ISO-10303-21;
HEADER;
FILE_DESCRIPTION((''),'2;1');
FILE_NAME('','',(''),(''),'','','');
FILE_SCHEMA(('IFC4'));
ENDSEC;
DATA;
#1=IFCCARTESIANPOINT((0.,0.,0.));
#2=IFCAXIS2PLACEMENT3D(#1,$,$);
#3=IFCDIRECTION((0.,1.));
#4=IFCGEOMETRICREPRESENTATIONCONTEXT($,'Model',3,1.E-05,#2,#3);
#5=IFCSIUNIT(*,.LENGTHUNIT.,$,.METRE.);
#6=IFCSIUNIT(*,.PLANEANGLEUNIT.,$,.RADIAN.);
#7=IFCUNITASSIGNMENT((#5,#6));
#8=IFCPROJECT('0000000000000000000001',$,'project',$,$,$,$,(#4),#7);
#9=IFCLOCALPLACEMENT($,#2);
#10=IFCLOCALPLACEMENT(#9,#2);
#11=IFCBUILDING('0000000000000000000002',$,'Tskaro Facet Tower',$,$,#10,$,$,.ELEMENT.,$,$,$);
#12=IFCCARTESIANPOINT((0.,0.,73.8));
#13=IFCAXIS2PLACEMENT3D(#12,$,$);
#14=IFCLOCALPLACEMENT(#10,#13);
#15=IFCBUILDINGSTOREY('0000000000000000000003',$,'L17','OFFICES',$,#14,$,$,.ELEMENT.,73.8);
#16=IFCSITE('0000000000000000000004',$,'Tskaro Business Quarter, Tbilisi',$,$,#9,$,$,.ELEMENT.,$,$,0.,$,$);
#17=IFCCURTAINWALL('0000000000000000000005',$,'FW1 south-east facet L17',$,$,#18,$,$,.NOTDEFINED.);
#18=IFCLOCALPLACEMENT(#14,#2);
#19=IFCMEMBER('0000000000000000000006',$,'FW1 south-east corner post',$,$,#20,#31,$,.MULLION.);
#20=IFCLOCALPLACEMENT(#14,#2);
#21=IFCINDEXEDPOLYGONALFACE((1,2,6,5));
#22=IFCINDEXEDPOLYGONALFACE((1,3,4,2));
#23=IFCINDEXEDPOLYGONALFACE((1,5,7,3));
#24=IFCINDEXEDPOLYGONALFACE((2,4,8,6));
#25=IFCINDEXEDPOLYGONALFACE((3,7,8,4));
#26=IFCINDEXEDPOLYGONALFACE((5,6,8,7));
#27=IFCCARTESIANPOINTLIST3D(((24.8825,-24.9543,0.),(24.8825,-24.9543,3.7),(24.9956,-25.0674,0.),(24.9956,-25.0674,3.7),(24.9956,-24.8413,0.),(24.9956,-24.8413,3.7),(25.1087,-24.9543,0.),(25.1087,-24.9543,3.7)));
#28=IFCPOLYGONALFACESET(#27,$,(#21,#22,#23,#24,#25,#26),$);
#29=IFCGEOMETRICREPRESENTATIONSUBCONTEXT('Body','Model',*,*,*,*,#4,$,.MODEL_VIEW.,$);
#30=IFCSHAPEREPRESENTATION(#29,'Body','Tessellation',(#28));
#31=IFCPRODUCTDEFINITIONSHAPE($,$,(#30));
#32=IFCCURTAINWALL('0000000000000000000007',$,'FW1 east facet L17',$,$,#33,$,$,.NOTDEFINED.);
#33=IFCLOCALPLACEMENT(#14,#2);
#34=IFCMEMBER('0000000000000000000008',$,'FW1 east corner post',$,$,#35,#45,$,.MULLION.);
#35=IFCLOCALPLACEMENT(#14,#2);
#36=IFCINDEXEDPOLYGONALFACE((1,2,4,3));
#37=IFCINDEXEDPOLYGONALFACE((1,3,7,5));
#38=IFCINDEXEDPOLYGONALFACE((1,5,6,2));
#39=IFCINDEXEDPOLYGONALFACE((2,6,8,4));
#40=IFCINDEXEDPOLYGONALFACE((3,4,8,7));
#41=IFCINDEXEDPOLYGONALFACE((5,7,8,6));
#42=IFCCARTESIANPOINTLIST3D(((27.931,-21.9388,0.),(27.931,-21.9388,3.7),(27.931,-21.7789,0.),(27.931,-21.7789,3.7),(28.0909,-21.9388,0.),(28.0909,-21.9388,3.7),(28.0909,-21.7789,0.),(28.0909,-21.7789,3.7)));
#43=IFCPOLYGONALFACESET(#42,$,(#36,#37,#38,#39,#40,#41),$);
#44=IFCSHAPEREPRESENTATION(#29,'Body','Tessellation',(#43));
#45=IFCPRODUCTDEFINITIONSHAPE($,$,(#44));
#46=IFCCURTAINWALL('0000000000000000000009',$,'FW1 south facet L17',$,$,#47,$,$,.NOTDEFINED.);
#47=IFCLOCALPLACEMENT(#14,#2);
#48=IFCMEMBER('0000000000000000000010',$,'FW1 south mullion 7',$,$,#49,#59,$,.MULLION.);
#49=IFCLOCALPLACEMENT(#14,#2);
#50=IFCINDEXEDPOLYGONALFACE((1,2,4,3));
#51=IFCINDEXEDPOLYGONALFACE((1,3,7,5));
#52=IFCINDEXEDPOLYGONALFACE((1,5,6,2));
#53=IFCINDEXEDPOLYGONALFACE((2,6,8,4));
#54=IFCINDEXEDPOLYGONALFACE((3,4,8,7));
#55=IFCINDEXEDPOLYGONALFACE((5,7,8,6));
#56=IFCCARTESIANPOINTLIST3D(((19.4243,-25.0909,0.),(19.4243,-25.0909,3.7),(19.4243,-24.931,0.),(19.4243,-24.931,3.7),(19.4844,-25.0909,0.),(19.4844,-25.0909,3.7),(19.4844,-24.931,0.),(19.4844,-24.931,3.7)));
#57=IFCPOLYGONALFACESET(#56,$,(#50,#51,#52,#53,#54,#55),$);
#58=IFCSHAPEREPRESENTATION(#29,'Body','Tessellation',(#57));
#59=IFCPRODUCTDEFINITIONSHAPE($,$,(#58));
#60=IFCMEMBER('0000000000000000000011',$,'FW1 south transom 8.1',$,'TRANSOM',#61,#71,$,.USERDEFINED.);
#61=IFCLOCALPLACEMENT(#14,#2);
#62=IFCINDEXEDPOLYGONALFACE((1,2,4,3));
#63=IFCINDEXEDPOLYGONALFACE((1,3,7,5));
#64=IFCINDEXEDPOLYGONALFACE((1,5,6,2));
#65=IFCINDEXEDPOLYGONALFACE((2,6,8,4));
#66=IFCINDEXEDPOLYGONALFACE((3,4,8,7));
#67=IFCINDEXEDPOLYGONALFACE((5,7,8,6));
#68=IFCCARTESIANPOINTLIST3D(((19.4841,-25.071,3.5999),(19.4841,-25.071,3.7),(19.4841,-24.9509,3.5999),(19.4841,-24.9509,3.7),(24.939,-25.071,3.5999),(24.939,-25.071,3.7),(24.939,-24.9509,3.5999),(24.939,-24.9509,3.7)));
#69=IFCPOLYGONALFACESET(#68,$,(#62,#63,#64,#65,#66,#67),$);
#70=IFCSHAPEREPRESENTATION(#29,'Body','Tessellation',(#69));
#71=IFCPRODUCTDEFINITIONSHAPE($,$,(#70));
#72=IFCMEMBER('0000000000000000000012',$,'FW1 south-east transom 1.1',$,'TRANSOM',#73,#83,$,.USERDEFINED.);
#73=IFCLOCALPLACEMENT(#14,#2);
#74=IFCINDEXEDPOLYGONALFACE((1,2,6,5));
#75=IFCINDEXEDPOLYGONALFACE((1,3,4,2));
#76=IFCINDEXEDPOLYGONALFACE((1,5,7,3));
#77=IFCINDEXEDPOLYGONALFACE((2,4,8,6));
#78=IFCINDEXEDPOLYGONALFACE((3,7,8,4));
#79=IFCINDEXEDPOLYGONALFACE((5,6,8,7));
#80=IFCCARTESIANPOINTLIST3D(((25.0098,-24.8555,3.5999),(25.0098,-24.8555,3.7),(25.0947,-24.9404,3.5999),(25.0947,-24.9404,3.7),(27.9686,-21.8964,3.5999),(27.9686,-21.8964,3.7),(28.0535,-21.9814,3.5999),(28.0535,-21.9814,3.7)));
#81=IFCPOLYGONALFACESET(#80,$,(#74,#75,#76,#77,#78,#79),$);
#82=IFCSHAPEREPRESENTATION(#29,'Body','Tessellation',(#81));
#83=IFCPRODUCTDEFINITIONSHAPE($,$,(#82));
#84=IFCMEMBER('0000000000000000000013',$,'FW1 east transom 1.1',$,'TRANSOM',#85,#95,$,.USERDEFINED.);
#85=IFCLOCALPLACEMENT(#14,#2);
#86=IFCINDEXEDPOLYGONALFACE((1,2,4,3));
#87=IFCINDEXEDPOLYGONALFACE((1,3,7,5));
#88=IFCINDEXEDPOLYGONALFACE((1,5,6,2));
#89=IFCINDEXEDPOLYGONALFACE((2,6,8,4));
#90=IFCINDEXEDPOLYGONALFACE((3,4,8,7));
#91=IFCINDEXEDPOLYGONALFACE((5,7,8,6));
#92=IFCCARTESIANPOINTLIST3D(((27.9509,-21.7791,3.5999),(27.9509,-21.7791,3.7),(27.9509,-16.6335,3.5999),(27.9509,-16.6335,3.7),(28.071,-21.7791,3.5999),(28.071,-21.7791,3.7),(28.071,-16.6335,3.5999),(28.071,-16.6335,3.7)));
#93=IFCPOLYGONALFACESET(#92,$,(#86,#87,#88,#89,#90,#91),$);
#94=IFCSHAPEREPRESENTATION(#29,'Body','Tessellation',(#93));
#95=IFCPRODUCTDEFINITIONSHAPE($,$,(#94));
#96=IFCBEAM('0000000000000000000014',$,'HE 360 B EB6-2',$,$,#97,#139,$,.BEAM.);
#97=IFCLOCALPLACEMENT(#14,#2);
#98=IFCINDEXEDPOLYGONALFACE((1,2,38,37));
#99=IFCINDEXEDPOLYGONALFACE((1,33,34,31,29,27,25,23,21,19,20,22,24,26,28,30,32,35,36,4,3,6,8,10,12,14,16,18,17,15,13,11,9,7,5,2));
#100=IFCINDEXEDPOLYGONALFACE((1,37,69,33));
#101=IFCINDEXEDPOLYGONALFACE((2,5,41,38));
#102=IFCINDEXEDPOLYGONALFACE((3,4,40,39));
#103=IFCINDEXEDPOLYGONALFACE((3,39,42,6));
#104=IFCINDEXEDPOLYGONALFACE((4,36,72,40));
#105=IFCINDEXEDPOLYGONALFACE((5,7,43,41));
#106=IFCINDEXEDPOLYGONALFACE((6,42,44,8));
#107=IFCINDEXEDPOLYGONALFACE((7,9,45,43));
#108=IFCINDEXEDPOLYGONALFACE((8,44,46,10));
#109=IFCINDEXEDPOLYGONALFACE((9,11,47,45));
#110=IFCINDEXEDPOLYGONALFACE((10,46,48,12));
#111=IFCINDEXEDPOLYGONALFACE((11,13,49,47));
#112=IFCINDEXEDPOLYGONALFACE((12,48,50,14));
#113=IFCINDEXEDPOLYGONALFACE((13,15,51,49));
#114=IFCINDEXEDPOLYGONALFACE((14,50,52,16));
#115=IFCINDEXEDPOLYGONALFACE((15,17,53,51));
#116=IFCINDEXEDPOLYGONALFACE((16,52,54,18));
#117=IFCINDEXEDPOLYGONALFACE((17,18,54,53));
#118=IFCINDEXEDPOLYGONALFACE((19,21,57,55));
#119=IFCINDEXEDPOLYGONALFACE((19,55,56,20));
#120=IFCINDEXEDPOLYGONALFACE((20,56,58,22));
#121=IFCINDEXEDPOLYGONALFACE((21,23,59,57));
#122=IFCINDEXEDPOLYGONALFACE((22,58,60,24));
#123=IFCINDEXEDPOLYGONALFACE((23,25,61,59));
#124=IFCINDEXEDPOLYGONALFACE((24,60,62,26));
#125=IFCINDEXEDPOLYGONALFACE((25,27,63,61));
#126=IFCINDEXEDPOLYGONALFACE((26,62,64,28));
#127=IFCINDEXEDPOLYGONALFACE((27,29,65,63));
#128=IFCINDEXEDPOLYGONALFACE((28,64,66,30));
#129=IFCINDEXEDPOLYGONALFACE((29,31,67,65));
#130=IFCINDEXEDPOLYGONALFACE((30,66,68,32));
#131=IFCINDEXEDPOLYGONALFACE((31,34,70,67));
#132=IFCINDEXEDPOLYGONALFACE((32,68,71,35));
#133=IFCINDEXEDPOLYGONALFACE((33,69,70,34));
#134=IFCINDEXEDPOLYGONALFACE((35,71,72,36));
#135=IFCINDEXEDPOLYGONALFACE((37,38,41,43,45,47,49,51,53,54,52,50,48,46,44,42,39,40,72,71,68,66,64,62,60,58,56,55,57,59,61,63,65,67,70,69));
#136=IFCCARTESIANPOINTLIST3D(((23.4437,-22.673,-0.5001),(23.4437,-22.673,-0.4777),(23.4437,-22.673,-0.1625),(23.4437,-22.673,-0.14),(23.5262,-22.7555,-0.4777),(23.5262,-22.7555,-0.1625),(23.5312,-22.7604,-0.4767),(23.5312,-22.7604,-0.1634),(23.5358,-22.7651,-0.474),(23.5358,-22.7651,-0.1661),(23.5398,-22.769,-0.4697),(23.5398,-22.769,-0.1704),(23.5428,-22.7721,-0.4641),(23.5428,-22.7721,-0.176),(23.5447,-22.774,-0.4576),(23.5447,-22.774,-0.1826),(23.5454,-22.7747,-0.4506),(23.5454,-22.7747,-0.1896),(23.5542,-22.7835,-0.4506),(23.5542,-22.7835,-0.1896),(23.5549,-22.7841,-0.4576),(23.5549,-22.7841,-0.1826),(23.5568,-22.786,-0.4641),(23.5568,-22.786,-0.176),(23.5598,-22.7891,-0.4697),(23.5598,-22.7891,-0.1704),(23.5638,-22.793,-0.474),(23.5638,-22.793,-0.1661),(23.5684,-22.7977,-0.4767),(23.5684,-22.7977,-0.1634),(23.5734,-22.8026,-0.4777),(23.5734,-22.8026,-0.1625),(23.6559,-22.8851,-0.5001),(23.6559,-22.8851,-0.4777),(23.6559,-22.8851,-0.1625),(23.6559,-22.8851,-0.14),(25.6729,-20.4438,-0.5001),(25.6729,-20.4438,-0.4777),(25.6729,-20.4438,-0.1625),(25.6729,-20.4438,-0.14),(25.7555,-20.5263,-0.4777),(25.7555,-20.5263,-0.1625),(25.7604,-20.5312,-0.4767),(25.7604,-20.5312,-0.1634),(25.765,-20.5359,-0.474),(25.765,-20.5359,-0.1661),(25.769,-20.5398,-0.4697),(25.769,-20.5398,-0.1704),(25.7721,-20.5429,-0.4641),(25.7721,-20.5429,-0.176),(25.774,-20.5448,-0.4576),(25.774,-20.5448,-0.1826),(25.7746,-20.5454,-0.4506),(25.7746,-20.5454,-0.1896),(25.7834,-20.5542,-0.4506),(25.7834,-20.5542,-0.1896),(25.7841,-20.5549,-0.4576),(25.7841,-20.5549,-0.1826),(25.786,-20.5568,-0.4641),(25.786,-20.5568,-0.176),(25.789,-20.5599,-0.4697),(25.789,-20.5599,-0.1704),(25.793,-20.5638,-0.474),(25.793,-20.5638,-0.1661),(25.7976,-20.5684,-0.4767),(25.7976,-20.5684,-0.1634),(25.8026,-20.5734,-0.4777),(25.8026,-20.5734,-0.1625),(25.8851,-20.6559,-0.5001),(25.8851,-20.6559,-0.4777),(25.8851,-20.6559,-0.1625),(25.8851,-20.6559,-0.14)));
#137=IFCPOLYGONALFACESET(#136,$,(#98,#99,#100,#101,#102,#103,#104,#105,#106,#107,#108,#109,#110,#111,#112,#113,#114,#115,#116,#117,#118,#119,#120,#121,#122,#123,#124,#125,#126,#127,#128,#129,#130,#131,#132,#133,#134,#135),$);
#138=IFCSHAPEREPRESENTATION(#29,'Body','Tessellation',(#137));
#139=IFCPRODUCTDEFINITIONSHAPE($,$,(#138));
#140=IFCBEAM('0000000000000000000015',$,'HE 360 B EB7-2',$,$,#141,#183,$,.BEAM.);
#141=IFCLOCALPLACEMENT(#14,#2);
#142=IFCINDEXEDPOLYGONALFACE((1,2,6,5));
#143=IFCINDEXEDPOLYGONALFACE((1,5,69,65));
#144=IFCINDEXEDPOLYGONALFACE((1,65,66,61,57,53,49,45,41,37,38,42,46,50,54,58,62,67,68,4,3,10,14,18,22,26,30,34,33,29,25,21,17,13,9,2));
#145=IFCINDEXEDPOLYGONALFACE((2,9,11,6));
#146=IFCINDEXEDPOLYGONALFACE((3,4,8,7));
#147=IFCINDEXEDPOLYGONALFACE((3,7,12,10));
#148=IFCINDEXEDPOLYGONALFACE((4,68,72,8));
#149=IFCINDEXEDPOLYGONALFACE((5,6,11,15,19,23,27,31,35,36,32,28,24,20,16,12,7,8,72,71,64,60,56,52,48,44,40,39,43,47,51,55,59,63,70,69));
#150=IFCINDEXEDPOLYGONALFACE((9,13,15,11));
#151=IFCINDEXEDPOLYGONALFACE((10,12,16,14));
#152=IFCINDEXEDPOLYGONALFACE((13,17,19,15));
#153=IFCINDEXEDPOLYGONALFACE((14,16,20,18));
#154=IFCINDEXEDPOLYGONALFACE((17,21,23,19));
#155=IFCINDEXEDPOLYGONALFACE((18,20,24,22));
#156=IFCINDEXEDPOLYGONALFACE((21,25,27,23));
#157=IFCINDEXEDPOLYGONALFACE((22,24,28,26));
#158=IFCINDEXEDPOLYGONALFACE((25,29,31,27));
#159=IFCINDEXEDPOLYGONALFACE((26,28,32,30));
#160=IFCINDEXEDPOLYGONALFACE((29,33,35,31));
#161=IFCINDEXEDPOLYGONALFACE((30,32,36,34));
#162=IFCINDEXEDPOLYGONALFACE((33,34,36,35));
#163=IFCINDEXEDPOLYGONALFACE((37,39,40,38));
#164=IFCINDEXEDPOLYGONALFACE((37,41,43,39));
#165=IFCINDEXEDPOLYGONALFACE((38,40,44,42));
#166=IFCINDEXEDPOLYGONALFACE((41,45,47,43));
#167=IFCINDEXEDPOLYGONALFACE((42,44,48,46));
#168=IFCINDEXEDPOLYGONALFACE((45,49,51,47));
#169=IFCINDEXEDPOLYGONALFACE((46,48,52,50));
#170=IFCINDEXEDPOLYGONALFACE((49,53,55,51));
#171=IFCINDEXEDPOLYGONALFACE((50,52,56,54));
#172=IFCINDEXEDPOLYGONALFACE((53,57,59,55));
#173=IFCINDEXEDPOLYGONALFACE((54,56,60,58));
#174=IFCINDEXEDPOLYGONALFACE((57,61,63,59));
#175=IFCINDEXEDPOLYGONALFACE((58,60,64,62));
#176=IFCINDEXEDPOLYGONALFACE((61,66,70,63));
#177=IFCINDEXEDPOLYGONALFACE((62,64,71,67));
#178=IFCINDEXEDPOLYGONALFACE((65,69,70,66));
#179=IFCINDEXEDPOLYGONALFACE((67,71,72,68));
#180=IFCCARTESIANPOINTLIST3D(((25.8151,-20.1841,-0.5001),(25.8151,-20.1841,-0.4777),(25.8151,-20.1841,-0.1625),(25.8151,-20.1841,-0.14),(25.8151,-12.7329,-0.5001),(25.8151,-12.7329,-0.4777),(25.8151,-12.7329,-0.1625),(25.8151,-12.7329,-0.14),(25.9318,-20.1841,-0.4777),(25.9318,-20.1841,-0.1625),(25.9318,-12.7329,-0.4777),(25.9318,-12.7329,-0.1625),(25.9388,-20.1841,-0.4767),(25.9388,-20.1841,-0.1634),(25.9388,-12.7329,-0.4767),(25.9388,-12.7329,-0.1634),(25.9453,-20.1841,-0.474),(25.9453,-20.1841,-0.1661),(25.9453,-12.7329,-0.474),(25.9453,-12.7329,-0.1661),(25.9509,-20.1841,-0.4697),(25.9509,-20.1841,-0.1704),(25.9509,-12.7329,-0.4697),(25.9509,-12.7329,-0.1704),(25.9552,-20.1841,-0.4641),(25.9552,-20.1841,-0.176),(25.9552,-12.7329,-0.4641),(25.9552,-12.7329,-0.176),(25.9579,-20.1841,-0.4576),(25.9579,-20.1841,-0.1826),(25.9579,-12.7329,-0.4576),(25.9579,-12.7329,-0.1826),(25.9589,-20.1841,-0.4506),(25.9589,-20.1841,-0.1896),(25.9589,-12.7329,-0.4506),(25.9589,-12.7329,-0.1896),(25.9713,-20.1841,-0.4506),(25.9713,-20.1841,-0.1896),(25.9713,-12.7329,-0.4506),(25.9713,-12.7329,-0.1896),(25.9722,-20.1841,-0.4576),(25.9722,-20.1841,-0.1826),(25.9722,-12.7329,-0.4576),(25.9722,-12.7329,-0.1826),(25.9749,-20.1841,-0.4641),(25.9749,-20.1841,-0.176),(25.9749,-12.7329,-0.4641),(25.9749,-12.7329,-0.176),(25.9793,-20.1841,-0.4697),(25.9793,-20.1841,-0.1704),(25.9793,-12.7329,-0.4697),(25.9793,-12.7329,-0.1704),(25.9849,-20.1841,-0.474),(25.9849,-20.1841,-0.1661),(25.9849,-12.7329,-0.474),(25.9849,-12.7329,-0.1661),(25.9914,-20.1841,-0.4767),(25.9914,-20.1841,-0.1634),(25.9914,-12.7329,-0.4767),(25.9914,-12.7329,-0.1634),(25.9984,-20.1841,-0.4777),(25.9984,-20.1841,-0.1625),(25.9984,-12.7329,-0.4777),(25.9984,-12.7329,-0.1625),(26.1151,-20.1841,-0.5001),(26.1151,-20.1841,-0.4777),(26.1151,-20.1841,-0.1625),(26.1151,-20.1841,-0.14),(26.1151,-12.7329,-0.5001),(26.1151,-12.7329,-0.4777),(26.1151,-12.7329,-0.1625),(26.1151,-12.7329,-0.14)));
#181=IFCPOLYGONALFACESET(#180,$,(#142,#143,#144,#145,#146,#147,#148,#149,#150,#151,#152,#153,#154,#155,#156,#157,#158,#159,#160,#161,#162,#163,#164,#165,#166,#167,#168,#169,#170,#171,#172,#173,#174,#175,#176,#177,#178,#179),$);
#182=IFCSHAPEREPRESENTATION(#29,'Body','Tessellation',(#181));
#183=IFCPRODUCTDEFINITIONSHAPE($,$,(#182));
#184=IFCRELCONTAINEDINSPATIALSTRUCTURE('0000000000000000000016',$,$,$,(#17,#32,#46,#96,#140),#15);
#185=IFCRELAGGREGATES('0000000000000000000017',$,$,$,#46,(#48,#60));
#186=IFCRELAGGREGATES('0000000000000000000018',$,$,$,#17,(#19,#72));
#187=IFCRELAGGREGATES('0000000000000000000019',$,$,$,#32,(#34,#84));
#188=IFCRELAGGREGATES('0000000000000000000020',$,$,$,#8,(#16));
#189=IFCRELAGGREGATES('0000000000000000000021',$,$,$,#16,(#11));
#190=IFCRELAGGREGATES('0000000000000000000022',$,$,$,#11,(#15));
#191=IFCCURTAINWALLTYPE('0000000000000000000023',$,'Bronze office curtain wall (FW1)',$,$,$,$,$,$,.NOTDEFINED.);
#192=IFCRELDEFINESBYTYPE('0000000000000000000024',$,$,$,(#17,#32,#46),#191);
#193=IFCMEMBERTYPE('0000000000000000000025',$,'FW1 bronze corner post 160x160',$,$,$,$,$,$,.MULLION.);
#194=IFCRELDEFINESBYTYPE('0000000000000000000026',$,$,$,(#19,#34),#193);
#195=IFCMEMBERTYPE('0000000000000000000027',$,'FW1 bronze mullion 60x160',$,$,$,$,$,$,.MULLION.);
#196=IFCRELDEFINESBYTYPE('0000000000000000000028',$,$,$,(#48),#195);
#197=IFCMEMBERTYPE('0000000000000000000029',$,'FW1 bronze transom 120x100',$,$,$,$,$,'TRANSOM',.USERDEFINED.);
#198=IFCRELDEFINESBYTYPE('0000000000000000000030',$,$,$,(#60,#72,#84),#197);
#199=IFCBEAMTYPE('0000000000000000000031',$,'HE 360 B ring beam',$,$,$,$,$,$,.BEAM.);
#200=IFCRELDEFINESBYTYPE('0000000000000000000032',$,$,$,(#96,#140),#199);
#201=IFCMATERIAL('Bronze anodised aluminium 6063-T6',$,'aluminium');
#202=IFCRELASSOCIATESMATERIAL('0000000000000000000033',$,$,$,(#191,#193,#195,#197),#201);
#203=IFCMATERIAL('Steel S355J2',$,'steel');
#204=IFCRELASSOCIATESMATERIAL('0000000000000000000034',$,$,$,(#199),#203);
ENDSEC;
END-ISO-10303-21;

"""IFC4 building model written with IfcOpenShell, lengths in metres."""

from ifc_helpers import new_model, si_unit, direction, frame, origin, origin_2d, place, context, subcontext, project, spatial, rectangle, i_section, extrude, material, material_profile, profile_set, type_object, element, aggregate, save


model = new_model("IFC4")

# Units and contexts
model_context = context("Model", 3, precision=1e-05, world=origin(), true_north=direction((0.0, 1.0)))
body_context = subcontext(model_context, "Body", "Model", "MODEL_VIEW")
ifc_project = project(units=[si_unit("LENGTHUNIT", "METRE"), si_unit("PLANEANGLEUNIT", "RADIAN")], contexts=[model_context])

# Site, building, storey
site_placement = place(None, origin())
site = spatial("IfcSite", under=ifc_project, at=site_placement, Name="Tskaro Business Quarter, Tbilisi", CompositionType="ELEMENT", RefElevation=0.0)
building_placement = place(site_placement, origin())
building = spatial("IfcBuilding", under=site, at=building_placement, Name="Tskaro Facet Tower", CompositionType="ELEMENT")
storey_placement = place(building_placement, frame((0.0, 0.0, 73.8)))
storey = spatial("IfcBuildingStorey", under=building, at=storey_placement, Name="L17", Description="OFFICES", CompositionType="ELEMENT", Elevation=73.8)

# Curtain walls, members
ifc_material_1 = material(Name="Bronze anodised aluminium 6063-T6", Category="aluminium")
curtain_wall_type = type_object("IfcCurtainWallType", Name="Bronze office curtain wall (FW1)", PredefinedType="NOTDEFINED", material=ifc_material_1)
curtain_wall_1_placement = place(storey_placement, origin())
curtain_wall_1 = element("IfcCurtainWall", 1, at=curtain_wall_1_placement, inside=storey, type_object=curtain_wall_type, Name="FW1 south-east facet L17", PredefinedType="NOTDEFINED")
ifc_material_profile_1 = material_profile(ifc_material_1, rectangle(XDim=0.1599, YDim=0.1599, at=origin_2d()), Name="Corner post 160x160")
ifc_profile_set_1 = profile_set([ifc_material_profile_1], Name="Bronze anodised aluminium 6063-T6")
member_type_1 = type_object("IfcMemberType", Name="FW1 bronze corner post 160x160", PredefinedType="MULLION", material=ifc_profile_set_1)
member_1_placement = place(storey_placement, frame((24.9956, -24.9543, 0.0), z_axis=(0.0, 0.0, 1.0), x_axis=(0.707107, 0.707107, 0.0)))
member_1 = element("IfcMember", 2, at=member_1_placement, type_object=member_type_1, Name="FW1 south-east corner post", PredefinedType="MULLION", context=body_context, shape_type="SweptSolid", body=[
    extrude(rectangle(XDim=0.1599, YDim=0.1599, at=origin_2d()), origin(), (0.0, 0.0, 1.0), 3.7),
])
curtain_wall_2_placement = place(storey_placement, origin())
curtain_wall_2 = element("IfcCurtainWall", 3, at=curtain_wall_2_placement, inside=storey, type_object=curtain_wall_type, Name="FW1 east facet L17", PredefinedType="NOTDEFINED")
member_2_placement = place(storey_placement, frame((28.011, -21.8589, 0.0), z_axis=(0.0, 0.0, 1.0), x_axis=(0.0, 1.0, 0.0)))
member_2 = element("IfcMember", 4, at=member_2_placement, type_object=member_type_1, Name="FW1 east corner post", PredefinedType="MULLION", context=body_context, shape_type="SweptSolid", body=[
    extrude(rectangle(XDim=0.1599, YDim=0.1599, at=origin_2d()), origin(), (0.0, 0.0, 1.0), 3.7),
])

# Curtain wall, members
curtain_wall_3_placement = place(storey_placement, origin())
curtain_wall_3 = element("IfcCurtainWall", 5, at=curtain_wall_3_placement, inside=storey, type_object=curtain_wall_type, Name="FW1 south facet L17", PredefinedType="NOTDEFINED")
ifc_material_profile_2 = material_profile(ifc_material_1, rectangle(XDim=0.0601, YDim=0.1599, at=origin_2d()), Name="Mullion 60x160")
ifc_profile_set_2 = profile_set([ifc_material_profile_2], Name="Bronze anodised aluminium 6063-T6")
member_type_2 = type_object("IfcMemberType", Name="FW1 bronze mullion 60x160", PredefinedType="MULLION", material=ifc_profile_set_2)
member_3_placement = place(storey_placement, frame((19.4543, -25.011, 0.0), z_axis=(0.0, 0.0, 1.0), x_axis=(1.0, 0.0, 0.0)))
member_3 = element("IfcMember", 6, at=member_3_placement, type_object=member_type_2, Name="FW1 south mullion 7", PredefinedType="MULLION", context=body_context, shape_type="SweptSolid", body=[
    extrude(rectangle(XDim=0.0601, YDim=0.1599, at=origin_2d()), origin(), (0.0, 0.0, 1.0), 3.7),
])
ifc_material_profile_3 = material_profile(ifc_material_1, rectangle(XDim=0.1201, YDim=0.1001, at=origin_2d()), Name="Transom 120x100")
ifc_profile_set_3 = profile_set([ifc_material_profile_3], Name="Bronze anodised aluminium 6063-T6")
member_type_3 = type_object("IfcMemberType", Name="FW1 bronze transom 120x100", ElementType="TRANSOM", PredefinedType="USERDEFINED", material=ifc_profile_set_3)
member_4_placement = place(storey_placement, frame((19.4841, -25.011, 3.6499), z_axis=(1.0, 0.0, 0.0), x_axis=(0.0, 1.0, 0.0)))
member_4 = element("IfcMember", 7, at=member_4_placement, type_object=member_type_3, Name="FW1 south transom 8.1", ObjectType="TRANSOM", PredefinedType="USERDEFINED", context=body_context, shape_type="SweptSolid", body=[
    extrude(rectangle(XDim=0.1201, YDim=0.1001, at=origin_2d()), origin(), (0.0, 0.0, 1.0), 5.4548),
])

# Members
member_5_placement = place(storey_placement, frame((25.0522, -24.8979, 3.6499), z_axis=(0.707078, 0.707136, 0.0), x_axis=(-0.707136, 0.707078, 0.0)))
member_5 = element("IfcMember", 8, at=member_5_placement, type_object=member_type_3, Name="FW1 south-east transom 1.1", ObjectType="TRANSOM", PredefinedType="USERDEFINED", context=body_context, shape_type="SweptSolid", body=[
    extrude(rectangle(XDim=0.1201, YDim=0.1001, at=origin_2d()), origin(), (0.0, 0.0, 1.0), 4.1846),
])
member_6_placement = place(storey_placement, frame((28.011, -21.7791, 3.6499), z_axis=(0.0, 1.0, 0.0), x_axis=(-1.0, 0.0, 0.0)))
member_6 = element("IfcMember", 9, at=member_6_placement, type_object=member_type_3, Name="FW1 east transom 1.1", ObjectType="TRANSOM", PredefinedType="USERDEFINED", context=body_context, shape_type="SweptSolid", body=[
    extrude(rectangle(XDim=0.1201, YDim=0.1001, at=origin_2d()), origin(), (0.0, 0.0, 1.0), 5.1455),
])

# Beams
ifc_material_2 = material(Name="Steel S355J2", Category="steel")
ifc_material_profile_4 = material_profile(ifc_material_2, i_section(OverallWidth=0.3, OverallDepth=0.3601, WebThickness=0.0125, FlangeThickness=0.0225, FilletRadius=0.0271, at=origin_2d()), Name="HE 360 B")
ifc_profile_set_4 = profile_set([ifc_material_profile_4], Name="Steel S355J2")
beam_type_1 = type_object("IfcBeamType", Name="HE 360 B ring beam", PredefinedType="BEAM", material=ifc_profile_set_4)
beam_1_placement = place(storey_placement, frame((23.5498, -22.7791, -0.3201), z_axis=(0.707107, 0.707107, 0.0), x_axis=(-0.707107, 0.707107, 0.0)))
element("IfcBeam", 10, at=beam_1_placement, inside=storey, type_object=beam_type_1, Name="HE 360 B EB6-2", PredefinedType="BEAM", context=body_context, shape_type="SweptSolid", body=[
    extrude(i_section(OverallWidth=0.3, OverallDepth=0.3601, WebThickness=0.0125, FlangeThickness=0.0225, FilletRadius=0.0271, at=origin_2d()), origin(), (0.0, 0.0, 1.0), 3.1526),
])
beam_2_placement = place(storey_placement, frame((25.9651, -20.1841, -0.3201), z_axis=(0.0, 1.0, 0.0), x_axis=(-1.0, 0.0, 0.0)))
element("IfcBeam", 11, at=beam_2_placement, inside=storey, type_object=beam_type_1, Name="HE 360 B EB7-2", PredefinedType="BEAM", context=body_context, shape_type="SweptSolid", body=[
    extrude(i_section(OverallWidth=0.3, OverallDepth=0.3601, WebThickness=0.0125, FlangeThickness=0.0225, FilletRadius=0.0271, at=origin_2d()), origin(), (0.0, 0.0, 1.0), 7.4512),
])

aggregate(curtain_wall_3, [member_3, member_4])
aggregate(curtain_wall_1, [member_1, member_5])
aggregate(curtain_wall_2, [member_2, member_6])

save(model, "model.ifc")
